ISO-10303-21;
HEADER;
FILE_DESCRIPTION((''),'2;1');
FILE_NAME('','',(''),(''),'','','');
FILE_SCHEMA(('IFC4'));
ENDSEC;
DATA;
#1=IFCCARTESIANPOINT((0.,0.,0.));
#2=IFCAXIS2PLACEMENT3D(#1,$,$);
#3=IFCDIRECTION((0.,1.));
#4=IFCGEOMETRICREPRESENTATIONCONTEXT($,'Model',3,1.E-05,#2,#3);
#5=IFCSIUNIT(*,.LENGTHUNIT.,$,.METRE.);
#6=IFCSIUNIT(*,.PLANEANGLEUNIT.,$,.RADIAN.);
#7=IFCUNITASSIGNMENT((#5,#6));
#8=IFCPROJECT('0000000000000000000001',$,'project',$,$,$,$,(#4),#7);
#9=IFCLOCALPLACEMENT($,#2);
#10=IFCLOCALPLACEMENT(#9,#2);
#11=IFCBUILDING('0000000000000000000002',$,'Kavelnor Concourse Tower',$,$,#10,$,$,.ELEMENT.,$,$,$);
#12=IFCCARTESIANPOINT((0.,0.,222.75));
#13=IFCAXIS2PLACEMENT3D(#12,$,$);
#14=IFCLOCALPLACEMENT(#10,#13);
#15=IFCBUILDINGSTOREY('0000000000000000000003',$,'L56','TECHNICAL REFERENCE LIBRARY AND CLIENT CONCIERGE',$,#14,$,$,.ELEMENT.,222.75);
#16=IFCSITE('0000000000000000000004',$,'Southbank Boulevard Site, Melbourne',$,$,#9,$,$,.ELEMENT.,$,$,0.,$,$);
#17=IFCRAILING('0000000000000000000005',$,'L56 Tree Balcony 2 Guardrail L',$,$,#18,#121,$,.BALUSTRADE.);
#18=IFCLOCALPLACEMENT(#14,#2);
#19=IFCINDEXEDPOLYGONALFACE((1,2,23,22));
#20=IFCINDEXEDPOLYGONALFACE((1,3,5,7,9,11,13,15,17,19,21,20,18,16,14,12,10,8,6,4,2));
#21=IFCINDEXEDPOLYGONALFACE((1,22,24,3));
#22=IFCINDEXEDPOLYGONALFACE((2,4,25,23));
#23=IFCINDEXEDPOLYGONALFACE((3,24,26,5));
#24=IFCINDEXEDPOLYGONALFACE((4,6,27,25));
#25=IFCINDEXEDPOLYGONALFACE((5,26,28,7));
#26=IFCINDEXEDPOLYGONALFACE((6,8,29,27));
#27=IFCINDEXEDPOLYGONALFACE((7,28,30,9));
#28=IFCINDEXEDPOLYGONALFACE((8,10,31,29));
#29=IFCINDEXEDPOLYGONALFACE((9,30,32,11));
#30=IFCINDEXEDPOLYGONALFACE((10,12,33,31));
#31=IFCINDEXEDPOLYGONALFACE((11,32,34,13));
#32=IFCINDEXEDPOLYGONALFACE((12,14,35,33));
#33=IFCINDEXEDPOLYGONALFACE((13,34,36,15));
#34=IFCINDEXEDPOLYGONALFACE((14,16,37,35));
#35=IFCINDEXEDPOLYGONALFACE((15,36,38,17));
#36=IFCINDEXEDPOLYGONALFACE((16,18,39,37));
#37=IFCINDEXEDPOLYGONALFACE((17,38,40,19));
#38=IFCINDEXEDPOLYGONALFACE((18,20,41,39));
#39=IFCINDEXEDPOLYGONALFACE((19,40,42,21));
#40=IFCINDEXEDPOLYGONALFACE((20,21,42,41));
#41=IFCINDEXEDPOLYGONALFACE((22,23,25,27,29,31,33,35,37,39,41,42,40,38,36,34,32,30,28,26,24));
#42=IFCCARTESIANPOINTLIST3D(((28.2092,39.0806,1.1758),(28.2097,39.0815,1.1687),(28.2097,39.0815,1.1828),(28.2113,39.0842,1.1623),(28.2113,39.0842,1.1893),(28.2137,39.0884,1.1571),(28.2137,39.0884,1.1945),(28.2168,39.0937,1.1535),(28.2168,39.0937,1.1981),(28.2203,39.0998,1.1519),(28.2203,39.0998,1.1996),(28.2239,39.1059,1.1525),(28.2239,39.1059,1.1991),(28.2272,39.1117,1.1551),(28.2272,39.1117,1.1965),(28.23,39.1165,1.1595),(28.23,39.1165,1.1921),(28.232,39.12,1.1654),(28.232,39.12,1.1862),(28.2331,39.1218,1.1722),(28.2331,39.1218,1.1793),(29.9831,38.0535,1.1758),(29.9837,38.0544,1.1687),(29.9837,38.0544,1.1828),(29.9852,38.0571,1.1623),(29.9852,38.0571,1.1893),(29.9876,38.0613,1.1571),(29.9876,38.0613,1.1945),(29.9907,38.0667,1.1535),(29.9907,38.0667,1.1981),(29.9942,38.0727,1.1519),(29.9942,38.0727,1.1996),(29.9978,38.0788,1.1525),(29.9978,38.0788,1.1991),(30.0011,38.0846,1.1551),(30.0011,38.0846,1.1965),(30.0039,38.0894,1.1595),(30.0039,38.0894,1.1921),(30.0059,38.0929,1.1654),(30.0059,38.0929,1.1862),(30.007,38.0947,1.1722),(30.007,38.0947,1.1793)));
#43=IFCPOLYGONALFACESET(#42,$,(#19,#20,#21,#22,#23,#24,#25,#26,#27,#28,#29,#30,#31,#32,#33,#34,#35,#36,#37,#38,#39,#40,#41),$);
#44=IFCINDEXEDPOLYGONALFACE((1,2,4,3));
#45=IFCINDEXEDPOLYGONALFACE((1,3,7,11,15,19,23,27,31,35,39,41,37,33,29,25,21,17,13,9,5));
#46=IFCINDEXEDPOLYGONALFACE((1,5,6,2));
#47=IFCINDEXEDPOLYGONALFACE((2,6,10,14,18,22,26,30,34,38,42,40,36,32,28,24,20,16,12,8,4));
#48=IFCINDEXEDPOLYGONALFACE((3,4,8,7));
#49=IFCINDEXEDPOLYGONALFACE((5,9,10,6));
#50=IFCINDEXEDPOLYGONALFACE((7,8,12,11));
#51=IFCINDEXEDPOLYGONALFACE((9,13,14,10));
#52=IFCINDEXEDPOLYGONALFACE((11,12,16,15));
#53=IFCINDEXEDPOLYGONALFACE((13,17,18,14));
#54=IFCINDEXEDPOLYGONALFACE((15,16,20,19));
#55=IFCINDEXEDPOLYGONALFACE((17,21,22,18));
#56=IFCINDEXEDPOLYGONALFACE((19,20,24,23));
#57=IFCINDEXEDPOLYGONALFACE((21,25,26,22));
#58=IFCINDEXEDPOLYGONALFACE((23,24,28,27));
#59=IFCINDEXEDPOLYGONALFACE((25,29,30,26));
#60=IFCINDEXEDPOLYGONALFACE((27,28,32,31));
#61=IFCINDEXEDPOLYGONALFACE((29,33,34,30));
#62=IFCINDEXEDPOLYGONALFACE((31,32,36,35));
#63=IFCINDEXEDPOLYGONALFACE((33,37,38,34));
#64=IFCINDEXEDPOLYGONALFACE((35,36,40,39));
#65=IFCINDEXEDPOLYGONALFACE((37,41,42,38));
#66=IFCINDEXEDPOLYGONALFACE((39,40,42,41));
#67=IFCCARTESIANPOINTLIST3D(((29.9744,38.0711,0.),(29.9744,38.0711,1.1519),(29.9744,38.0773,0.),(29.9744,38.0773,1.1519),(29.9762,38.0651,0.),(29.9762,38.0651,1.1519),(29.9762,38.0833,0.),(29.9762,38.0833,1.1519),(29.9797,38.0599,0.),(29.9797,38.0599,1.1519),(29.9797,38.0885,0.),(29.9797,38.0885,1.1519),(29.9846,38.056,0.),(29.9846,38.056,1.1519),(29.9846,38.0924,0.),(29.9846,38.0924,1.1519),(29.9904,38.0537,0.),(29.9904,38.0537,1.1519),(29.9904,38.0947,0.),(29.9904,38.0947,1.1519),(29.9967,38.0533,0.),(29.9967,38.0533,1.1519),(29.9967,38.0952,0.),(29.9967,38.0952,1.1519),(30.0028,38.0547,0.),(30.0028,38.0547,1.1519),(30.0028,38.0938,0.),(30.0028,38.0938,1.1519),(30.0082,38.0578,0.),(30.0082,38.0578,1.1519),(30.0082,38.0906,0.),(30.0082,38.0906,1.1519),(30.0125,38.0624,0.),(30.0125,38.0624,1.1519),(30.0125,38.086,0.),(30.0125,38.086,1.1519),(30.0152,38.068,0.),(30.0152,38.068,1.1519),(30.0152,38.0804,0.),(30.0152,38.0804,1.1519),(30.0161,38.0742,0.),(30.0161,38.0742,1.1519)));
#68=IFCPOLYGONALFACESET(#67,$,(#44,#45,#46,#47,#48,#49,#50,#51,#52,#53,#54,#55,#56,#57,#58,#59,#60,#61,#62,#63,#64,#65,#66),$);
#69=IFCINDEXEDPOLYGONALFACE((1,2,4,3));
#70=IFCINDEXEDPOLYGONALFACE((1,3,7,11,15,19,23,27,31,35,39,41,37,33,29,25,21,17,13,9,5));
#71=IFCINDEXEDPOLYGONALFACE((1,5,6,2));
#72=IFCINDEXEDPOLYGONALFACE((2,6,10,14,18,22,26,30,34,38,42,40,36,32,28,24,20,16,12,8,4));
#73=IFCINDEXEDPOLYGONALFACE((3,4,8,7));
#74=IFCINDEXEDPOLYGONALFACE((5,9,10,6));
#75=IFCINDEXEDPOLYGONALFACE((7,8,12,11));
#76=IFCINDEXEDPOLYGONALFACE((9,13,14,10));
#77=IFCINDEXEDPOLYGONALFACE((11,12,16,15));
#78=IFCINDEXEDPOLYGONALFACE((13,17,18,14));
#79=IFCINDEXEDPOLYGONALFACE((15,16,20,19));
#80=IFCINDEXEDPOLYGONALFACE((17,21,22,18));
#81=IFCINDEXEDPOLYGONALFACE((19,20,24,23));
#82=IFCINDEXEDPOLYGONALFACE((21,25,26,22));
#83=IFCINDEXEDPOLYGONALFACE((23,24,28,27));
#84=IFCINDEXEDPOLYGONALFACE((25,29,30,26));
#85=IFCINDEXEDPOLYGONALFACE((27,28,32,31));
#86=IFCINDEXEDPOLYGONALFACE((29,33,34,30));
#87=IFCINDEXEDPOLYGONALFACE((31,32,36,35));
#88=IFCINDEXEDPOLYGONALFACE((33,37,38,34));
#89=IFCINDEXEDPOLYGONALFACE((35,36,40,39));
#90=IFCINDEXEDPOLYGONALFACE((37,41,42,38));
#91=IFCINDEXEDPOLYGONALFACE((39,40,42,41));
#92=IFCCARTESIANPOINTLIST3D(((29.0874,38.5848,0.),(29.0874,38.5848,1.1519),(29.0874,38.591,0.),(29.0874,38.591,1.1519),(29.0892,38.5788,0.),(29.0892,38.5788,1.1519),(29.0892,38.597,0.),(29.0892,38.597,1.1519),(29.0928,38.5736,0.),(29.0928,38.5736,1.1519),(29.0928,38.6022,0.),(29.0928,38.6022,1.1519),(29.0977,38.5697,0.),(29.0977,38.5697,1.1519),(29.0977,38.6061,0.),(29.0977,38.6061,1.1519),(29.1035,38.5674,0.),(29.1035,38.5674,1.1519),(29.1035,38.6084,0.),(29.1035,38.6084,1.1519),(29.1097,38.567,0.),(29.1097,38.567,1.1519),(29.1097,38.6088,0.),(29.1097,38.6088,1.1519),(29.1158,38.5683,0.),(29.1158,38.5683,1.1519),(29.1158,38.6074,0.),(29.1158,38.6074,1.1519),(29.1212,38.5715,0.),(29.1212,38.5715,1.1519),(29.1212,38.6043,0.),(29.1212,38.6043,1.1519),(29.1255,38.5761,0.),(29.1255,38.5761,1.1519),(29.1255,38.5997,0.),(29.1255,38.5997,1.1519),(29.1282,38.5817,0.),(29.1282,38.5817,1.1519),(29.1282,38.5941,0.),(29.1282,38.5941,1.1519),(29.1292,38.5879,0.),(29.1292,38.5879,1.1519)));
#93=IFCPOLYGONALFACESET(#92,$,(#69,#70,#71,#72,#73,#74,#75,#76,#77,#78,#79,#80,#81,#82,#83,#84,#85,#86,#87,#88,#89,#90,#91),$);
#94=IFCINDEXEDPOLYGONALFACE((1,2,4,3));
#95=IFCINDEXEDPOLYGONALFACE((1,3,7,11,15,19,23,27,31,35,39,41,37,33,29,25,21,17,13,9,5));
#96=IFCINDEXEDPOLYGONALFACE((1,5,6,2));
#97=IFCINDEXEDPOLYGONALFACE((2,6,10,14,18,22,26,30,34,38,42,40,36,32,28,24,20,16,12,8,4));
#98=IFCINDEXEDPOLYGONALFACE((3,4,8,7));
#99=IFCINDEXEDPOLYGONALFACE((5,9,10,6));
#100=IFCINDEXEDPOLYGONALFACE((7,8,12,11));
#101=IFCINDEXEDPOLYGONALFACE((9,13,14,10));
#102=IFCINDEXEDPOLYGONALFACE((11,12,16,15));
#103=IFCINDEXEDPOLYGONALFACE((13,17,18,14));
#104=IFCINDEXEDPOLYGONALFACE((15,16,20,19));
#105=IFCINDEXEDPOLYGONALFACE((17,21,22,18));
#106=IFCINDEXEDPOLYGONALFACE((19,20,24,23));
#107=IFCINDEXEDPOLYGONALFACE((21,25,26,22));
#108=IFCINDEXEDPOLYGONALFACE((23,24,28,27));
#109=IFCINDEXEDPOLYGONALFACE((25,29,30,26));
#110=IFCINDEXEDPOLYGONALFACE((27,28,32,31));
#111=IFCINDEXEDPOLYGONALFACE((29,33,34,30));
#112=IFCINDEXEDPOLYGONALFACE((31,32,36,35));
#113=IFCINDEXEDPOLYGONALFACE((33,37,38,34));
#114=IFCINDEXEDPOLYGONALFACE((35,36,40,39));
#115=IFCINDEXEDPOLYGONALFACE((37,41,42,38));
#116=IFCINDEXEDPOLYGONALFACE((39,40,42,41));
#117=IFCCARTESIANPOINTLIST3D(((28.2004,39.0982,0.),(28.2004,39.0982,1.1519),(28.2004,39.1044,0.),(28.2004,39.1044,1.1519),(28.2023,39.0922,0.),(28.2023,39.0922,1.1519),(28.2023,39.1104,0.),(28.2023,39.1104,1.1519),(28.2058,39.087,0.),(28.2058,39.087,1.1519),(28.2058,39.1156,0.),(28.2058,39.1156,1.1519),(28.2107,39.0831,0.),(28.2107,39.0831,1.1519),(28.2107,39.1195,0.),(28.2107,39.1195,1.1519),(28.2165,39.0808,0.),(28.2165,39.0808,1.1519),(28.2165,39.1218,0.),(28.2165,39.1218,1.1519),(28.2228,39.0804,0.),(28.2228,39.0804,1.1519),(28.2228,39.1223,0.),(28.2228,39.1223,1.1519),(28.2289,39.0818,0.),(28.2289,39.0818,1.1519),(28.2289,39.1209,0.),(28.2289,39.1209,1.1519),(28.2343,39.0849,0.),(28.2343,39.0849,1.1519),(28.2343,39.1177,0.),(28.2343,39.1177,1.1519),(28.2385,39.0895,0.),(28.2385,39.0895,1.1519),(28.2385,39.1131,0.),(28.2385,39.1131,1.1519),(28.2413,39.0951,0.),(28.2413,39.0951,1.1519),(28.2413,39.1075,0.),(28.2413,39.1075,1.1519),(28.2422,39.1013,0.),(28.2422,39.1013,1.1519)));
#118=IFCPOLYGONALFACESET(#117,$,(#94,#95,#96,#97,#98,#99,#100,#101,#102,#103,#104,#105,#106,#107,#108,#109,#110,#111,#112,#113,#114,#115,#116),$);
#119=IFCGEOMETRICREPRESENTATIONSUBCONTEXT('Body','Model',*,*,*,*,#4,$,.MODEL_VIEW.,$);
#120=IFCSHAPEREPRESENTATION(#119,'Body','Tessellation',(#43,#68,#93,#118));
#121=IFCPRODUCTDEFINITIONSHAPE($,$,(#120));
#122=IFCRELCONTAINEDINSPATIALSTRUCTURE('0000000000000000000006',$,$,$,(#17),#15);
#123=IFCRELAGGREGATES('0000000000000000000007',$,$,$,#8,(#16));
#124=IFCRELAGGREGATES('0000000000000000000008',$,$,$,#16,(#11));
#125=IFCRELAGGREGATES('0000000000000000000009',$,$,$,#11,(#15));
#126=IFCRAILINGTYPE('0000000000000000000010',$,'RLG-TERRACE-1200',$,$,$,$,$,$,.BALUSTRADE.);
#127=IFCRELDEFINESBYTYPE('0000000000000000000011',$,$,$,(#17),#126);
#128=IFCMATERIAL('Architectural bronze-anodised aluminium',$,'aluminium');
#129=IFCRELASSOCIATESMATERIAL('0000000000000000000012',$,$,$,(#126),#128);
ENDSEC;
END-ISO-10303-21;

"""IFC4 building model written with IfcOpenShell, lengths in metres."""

from ifc_helpers import new_model, si_unit, direction, frame, origin, origin_2d, place, context, subcontext, project, spatial, circle, extrude, material, type_object, element, save


model = new_model("IFC4")

# Units and contexts
model_context = context("Model", 3, precision=1e-05, world=origin(), true_north=direction((0.0, 1.0)))
body_context = subcontext(model_context, "Body", "Model", "MODEL_VIEW")
ifc_project = project(units=[si_unit("LENGTHUNIT", "METRE"), si_unit("PLANEANGLEUNIT", "RADIAN")], contexts=[model_context])

# Site, building, storey
site_placement = place(None, origin())
site = spatial("IfcSite", under=ifc_project, at=site_placement, Name="Southbank Boulevard Site, Melbourne", CompositionType="ELEMENT", RefElevation=0.0)
building_placement = place(site_placement, origin())
building = spatial("IfcBuilding", under=site, at=building_placement, Name="Kavelnor Concourse Tower", CompositionType="ELEMENT")
storey_placement = place(building_placement, frame((0.0, 0.0, 222.75)))
storey = spatial("IfcBuildingStorey", under=building, at=storey_placement, Name="L56", Description="TECHNICAL REFERENCE LIBRARY AND CLIENT CONCIERGE", CompositionType="ELEMENT", Elevation=222.75)

# Railing
ifc_material_1 = material(Name="Architectural bronze-anodised aluminium", Category="aluminium")
railing_type = type_object("IfcRailingType", Name="RLG-TERRACE-1200", PredefinedType="BALUSTRADE", material=ifc_material_1)
railing_1_placement = place(storey_placement, frame((29.9951, 38.0742, 0.0)))
element("IfcRailing", 1, at=railing_1_placement, inside=storey, type_object=railing_type, Name="L56 Tree Balcony 2 Guardrail L", PredefinedType="BALUSTRADE", context=body_context, shape_type="SweptSolid", body=[
    extrude(circle(Radius=0.0239, at=origin_2d()), frame((0.0, 0.0, 1.1758), z_axis=(-0.865407, 0.501069, 0.0), x_axis=(-0.501069, -0.865407, 0.0)), (0.0, 0.0, 1.0), 2.0498),
    extrude(circle(Radius=0.021, at=origin_2d()), origin(), (0.0, 0.0, 1.0), 1.1519),
    extrude(circle(Radius=0.021, at=origin_2d()), frame((-0.887, 0.5137, 0.0)), (0.0, 0.0, 1.0), 1.1519),
    extrude(circle(Radius=0.021, at=origin_2d()), frame((-1.7739, 1.0271, 0.0)), (0.0, 0.0, 1.0), 1.1519),
])

save(model, "model.ifc")
